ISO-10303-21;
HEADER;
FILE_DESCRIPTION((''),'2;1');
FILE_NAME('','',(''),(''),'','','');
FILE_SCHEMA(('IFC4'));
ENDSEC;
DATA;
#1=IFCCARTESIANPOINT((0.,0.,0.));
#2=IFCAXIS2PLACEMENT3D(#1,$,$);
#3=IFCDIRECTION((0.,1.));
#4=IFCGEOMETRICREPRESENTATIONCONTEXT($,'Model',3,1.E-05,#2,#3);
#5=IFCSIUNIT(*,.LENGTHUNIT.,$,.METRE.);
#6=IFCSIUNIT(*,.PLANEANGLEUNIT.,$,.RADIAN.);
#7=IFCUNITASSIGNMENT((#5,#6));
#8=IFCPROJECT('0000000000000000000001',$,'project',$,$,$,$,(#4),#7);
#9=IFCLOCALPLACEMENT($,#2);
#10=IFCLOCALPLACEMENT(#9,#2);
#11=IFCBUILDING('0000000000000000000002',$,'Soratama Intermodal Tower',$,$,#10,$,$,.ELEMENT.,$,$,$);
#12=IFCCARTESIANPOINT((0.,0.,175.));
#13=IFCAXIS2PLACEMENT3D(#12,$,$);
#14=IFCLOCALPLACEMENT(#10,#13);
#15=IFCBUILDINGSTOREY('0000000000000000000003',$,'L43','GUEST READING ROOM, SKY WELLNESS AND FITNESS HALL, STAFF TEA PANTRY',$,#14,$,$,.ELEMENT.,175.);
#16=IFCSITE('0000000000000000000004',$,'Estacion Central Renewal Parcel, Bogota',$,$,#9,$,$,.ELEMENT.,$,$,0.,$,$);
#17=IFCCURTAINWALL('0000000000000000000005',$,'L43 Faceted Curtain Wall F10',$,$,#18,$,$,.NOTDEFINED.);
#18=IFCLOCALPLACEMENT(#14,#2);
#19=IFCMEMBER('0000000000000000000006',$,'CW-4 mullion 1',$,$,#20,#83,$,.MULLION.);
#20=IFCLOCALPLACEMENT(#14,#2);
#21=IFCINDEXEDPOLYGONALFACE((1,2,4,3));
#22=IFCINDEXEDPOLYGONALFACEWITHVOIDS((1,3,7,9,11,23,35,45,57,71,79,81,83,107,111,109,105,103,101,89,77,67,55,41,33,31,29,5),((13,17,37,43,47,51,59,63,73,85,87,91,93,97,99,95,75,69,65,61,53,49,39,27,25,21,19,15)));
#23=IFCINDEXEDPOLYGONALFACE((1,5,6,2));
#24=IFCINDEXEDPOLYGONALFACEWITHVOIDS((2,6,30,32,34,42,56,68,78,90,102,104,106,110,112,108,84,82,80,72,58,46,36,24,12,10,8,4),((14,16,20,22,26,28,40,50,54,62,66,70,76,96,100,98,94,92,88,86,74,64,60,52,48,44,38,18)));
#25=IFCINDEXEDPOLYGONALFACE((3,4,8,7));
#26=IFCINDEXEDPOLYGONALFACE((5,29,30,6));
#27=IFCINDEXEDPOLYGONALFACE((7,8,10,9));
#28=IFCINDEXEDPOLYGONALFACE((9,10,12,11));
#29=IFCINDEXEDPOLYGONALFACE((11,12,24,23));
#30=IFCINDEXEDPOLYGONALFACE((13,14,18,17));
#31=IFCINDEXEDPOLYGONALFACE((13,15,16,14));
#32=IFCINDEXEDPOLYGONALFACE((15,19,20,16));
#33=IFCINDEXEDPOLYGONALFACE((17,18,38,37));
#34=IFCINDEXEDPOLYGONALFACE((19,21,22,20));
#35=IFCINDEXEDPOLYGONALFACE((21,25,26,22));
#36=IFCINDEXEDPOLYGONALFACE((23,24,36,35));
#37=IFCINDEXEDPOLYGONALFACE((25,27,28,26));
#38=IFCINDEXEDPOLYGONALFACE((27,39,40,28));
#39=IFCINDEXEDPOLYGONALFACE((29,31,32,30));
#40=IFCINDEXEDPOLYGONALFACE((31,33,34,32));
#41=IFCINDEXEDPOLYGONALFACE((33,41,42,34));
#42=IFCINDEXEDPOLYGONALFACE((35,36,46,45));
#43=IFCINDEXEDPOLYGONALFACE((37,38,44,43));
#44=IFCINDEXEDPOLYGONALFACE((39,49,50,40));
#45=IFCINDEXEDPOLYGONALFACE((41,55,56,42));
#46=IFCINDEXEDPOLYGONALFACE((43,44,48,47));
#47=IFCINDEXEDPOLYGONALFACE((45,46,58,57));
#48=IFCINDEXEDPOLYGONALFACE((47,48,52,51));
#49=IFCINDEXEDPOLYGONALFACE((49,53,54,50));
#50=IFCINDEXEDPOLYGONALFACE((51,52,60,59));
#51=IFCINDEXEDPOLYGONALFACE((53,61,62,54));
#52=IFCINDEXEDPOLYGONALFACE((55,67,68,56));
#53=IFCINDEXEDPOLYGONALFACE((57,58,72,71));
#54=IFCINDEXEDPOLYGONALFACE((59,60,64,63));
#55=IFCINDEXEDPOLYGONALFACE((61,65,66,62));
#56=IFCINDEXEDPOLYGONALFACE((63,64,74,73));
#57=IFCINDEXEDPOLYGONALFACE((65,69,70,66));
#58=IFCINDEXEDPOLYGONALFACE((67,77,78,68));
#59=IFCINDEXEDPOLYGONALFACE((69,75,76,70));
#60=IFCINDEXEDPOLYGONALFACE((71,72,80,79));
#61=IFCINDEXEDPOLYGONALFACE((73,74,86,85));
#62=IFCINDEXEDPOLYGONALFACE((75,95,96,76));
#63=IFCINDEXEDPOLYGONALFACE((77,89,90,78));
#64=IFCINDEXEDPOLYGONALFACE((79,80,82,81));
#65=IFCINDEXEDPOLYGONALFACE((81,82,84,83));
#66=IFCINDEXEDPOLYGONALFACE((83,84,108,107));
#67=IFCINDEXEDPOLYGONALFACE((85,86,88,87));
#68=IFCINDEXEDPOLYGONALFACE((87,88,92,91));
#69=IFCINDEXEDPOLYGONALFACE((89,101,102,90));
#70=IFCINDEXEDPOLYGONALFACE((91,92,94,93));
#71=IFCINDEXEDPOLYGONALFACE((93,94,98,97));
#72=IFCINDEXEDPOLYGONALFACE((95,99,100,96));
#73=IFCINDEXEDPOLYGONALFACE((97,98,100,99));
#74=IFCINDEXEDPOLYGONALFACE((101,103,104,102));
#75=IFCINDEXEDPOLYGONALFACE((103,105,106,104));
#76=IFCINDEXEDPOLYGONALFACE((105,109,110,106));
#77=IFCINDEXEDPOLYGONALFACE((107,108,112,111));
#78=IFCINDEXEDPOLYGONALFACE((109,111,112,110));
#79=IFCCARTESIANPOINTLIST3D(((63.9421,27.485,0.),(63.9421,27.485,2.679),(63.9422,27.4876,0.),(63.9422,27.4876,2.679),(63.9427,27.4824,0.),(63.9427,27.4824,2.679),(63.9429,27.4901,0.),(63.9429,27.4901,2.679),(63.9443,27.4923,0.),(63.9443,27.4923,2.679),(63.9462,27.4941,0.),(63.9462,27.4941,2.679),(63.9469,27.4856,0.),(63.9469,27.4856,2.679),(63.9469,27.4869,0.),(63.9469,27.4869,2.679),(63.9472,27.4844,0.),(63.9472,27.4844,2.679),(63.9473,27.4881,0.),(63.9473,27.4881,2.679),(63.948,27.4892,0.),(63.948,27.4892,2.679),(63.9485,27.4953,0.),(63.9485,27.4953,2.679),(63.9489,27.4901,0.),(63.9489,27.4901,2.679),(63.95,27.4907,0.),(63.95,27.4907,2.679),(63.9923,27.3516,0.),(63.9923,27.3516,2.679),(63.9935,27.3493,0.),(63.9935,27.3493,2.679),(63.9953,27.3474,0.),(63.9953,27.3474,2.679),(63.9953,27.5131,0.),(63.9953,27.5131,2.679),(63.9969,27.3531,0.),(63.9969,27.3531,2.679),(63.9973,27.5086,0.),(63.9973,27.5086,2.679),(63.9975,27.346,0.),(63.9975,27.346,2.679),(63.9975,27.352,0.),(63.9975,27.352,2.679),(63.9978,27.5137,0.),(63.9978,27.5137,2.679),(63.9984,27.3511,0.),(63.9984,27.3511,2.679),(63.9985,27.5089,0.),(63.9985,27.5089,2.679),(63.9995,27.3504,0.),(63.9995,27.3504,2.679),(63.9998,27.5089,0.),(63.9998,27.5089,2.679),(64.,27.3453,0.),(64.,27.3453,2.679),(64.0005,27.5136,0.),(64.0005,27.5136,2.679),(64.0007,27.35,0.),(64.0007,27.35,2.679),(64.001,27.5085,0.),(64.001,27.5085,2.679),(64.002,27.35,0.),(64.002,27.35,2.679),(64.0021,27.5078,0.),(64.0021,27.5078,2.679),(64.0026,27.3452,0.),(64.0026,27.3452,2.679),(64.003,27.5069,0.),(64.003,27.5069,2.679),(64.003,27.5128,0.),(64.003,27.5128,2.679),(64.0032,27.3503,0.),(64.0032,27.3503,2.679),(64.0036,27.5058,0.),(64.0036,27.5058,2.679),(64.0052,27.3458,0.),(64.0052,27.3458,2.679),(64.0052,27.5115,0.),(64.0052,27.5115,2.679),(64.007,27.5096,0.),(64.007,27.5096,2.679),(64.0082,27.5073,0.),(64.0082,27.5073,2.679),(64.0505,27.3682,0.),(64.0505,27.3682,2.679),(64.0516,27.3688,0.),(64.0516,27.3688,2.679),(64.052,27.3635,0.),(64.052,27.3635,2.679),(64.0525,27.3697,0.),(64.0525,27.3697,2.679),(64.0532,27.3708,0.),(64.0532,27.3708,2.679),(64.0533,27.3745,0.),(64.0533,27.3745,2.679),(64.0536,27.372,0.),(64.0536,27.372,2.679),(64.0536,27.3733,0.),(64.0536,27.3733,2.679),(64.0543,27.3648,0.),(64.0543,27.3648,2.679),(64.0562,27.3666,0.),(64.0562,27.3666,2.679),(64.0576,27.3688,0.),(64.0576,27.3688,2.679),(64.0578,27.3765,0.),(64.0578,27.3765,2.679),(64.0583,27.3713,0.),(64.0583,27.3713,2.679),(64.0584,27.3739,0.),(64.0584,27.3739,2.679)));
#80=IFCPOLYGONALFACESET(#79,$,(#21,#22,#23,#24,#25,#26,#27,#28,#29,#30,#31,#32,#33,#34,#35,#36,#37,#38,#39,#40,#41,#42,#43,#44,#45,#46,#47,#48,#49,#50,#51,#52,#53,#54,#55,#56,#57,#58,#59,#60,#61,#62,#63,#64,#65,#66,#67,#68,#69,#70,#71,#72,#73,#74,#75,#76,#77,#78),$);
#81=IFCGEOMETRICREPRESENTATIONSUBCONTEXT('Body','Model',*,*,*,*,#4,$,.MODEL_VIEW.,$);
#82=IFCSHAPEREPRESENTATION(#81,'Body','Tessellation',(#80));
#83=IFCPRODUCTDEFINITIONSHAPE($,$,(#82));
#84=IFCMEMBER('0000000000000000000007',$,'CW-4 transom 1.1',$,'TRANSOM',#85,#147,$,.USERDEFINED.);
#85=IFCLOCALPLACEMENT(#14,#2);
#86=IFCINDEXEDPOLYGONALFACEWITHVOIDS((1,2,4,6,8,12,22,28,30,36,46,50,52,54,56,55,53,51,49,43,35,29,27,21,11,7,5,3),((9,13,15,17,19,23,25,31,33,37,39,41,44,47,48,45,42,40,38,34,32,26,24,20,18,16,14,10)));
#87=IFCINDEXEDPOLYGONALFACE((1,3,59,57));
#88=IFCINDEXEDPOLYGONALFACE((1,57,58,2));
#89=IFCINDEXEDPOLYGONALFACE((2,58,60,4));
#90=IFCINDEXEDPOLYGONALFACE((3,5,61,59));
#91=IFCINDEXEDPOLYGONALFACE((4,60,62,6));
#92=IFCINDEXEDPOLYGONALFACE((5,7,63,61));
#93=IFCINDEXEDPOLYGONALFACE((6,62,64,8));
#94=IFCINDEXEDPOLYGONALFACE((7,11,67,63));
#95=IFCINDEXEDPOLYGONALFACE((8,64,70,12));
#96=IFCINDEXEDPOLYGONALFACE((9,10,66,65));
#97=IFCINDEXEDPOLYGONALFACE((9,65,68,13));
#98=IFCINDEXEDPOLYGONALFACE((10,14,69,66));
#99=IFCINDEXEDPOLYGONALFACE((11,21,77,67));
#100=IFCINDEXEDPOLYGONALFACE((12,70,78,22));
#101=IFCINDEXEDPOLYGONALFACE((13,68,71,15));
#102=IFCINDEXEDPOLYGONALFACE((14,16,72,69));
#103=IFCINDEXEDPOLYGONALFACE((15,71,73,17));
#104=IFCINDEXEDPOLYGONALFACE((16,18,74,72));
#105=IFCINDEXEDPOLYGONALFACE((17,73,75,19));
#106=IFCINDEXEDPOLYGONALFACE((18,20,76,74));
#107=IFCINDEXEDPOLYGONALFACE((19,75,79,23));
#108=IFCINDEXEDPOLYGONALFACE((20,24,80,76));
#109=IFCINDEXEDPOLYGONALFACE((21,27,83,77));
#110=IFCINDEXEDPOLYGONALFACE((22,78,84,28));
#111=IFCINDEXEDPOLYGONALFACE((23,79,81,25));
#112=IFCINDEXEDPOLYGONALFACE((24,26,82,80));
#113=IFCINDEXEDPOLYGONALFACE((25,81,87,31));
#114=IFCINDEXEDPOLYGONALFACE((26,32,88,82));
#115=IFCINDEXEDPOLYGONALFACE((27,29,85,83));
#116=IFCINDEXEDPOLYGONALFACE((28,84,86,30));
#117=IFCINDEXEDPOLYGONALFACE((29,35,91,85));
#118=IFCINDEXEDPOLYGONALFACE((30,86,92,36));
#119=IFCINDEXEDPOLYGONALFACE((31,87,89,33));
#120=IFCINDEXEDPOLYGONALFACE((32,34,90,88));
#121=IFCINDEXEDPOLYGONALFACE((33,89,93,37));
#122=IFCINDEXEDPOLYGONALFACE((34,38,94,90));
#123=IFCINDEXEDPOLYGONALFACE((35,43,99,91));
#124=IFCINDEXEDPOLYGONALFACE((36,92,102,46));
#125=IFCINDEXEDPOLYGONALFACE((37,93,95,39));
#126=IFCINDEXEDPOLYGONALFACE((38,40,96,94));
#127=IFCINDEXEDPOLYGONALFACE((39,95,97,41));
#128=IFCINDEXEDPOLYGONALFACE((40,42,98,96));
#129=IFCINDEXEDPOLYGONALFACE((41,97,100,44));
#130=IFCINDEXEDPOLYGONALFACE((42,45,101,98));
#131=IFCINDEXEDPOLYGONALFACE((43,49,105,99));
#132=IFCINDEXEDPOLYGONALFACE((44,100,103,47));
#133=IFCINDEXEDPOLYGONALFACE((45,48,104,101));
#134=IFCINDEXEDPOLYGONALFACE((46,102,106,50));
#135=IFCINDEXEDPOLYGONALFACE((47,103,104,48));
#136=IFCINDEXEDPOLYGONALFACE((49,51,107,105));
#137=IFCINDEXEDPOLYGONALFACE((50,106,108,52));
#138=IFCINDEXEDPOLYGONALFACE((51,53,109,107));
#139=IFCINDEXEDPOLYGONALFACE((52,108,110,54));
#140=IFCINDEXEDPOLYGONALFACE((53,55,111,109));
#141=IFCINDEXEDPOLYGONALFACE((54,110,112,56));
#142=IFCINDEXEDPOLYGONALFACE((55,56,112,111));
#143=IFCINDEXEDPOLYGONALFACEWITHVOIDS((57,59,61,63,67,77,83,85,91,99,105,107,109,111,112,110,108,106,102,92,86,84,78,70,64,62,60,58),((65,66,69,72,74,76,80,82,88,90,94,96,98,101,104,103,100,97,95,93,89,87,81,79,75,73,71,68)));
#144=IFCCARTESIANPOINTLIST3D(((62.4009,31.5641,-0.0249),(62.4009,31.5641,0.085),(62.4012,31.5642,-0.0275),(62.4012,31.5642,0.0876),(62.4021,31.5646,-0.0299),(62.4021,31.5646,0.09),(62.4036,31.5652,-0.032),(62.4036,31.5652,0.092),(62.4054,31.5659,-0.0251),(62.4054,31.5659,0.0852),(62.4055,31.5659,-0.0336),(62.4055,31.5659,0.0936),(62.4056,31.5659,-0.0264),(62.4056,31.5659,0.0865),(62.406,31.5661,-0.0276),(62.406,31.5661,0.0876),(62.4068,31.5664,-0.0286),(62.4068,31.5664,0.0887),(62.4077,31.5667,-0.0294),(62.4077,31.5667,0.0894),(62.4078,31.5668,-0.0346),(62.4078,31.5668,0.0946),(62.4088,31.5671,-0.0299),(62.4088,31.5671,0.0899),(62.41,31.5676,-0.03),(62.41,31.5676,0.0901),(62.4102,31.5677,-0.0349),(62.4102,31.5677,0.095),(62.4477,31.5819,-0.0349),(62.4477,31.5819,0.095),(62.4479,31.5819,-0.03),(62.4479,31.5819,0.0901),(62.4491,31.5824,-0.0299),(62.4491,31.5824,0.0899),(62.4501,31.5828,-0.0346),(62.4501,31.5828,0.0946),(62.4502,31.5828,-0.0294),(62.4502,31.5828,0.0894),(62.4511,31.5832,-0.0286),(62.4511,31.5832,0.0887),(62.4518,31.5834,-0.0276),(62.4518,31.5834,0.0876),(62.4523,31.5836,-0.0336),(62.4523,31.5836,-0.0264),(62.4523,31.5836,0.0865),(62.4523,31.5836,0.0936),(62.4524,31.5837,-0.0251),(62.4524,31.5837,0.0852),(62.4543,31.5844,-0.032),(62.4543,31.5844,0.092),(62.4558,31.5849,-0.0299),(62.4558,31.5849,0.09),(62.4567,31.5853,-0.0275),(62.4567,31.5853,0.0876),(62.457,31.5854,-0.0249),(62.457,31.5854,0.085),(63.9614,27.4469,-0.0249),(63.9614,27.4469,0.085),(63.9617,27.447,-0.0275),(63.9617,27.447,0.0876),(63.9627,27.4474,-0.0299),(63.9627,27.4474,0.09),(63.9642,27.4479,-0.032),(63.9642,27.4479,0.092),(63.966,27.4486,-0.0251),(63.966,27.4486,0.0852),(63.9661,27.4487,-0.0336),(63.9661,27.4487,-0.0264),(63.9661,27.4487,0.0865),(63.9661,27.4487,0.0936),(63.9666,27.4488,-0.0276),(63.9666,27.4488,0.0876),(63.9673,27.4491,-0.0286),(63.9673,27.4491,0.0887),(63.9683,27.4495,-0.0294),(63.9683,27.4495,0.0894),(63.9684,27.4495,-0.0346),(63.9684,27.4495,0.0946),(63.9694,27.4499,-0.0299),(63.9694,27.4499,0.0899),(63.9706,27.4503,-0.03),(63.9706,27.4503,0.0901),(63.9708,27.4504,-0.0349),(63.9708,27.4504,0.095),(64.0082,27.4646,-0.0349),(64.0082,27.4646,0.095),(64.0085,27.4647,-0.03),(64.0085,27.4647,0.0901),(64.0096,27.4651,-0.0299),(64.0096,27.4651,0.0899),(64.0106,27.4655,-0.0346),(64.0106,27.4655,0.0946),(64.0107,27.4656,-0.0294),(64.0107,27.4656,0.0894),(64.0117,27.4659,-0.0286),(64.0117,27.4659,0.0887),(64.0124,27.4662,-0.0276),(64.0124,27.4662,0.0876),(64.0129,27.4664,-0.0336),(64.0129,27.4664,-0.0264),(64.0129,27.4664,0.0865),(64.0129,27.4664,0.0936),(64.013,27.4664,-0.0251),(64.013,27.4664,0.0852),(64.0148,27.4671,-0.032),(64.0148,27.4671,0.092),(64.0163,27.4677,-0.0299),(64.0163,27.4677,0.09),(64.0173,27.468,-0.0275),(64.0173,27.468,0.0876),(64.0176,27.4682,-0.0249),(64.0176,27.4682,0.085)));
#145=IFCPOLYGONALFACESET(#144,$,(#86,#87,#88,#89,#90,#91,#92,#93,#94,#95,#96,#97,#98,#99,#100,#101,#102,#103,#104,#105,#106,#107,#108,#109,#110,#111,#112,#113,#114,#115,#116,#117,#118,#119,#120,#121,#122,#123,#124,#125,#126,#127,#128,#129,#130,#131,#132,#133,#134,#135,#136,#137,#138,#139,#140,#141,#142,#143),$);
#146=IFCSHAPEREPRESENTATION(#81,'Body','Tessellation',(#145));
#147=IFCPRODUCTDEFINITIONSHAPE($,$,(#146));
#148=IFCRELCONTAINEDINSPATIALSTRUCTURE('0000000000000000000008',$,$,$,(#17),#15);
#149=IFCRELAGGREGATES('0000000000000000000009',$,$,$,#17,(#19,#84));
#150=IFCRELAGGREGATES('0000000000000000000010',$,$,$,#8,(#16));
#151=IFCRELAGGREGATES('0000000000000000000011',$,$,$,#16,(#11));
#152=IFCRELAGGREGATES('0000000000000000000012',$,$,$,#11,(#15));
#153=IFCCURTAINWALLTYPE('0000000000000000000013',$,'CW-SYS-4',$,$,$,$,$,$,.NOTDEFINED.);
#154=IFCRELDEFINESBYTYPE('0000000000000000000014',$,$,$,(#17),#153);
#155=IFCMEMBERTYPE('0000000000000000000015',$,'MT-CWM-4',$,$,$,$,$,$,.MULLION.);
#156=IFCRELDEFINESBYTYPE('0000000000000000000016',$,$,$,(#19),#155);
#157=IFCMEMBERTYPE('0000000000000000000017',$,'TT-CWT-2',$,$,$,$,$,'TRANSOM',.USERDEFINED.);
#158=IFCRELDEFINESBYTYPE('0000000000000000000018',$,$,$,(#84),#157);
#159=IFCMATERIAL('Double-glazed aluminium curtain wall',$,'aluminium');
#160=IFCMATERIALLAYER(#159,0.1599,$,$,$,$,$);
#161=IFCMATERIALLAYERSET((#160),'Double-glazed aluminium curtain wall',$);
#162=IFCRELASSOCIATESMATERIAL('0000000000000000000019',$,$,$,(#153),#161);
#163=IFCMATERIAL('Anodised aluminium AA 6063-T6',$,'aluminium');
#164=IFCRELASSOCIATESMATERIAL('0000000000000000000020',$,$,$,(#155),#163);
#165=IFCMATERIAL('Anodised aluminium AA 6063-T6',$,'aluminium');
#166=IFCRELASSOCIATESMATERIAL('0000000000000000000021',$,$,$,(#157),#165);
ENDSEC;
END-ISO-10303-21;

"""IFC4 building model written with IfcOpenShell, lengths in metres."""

from ifc_helpers import new_model, si_unit, direction, frame, origin, origin_2d, place, context, subcontext, project, spatial, hollow_rectangle, extrude, material, layer, layer_set, material_profile, profile_set, type_object, element, aggregate, save


model = new_model("IFC4")

# Units and contexts
model_context = context("Model", 3, precision=1e-05, world=origin(), true_north=direction((0.0, 1.0)))
body_context = subcontext(model_context, "Body", "Model", "MODEL_VIEW")
ifc_project = project(units=[si_unit("LENGTHUNIT", "METRE"), si_unit("PLANEANGLEUNIT", "RADIAN")], contexts=[model_context])

# Site, building, storey
site_placement = place(None, origin())
site = spatial("IfcSite", under=ifc_project, at=site_placement, Name="Estacion Central Renewal Parcel, Bogota", CompositionType="ELEMENT", RefElevation=0.0)
building_placement = place(site_placement, origin())
building = spatial("IfcBuilding", under=site, at=building_placement, Name="Soratama Intermodal Tower", CompositionType="ELEMENT")
storey_placement = place(building_placement, frame((0.0, 0.0, 175.0)))
storey = spatial("IfcBuildingStorey", under=building, at=storey_placement, Name="L43", Description="GUEST READING ROOM, SKY WELLNESS AND FITNESS HALL, STAFF TEA PANTRY", CompositionType="ELEMENT", Elevation=175.0)

# Curtain wall, members
ifc_material_1 = material(Name="Double-glazed aluminium curtain wall", Category="aluminium")
ifc_layer_1 = layer(ifc_material_1, 0.1599)
ifc_layer_set_1 = layer_set([ifc_layer_1], Name="Double-glazed aluminium curtain wall")
curtain_wall_type = type_object("IfcCurtainWallType", Name="CW-SYS-4", PredefinedType="NOTDEFINED", material=ifc_layer_set_1)
curtain_wall_placement = place(storey_placement, origin())
curtain_wall = element("IfcCurtainWall", 1, at=curtain_wall_placement, inside=storey, type_object=curtain_wall_type, Name="L43 Faceted Curtain Wall F10", PredefinedType="NOTDEFINED")
ifc_material_2 = material(Name="Anodised aluminium AA 6063-T6", Category="aluminium")
ifc_material_profile_1 = material_profile(ifc_material_2, hollow_rectangle(XDim=0.0701, YDim=0.1599, WallThickness=0.0049, InnerFilletRadius=0.0049, OuterFilletRadius=0.01, at=origin_2d()), Name="CWM160X70X5")
ifc_profile_set_1 = profile_set([ifc_material_profile_1], Name="Anodised aluminium AA 6063-T6")
member_type_1 = type_object("IfcMemberType", Name="MT-CWM-4", PredefinedType="MULLION", material=ifc_profile_set_1)
member_1_placement = place(storey_placement, frame((64.0002, 27.4294, 0.0), z_axis=(0.0, 0.0, 1.0), x_axis=(-0.935071, -0.354462, 0.0)))
member_1 = element("IfcMember", 2, at=member_1_placement, type_object=member_type_1, Name="CW-4 mullion 1", PredefinedType="MULLION", context=body_context, shape_type="SweptSolid", body=[
    extrude(hollow_rectangle(XDim=0.0701, YDim=0.1599, WallThickness=0.0049, InnerFilletRadius=0.0049, OuterFilletRadius=0.01, at=origin_2d()), origin(), (0.0, 0.0, 1.0), 2.679),
])
ifc_material_3 = material(Name="Anodised aluminium AA 6063-T6", Category="aluminium")
ifc_material_profile_2 = material_profile(ifc_material_3, hollow_rectangle(XDim=0.0601, YDim=0.1299, WallThickness=0.0049, InnerFilletRadius=0.0049, OuterFilletRadius=0.01, at=origin_2d()), Name="CWT130X60X5")
ifc_profile_set_2 = profile_set([ifc_material_profile_2], Name="Anodised aluminium AA 6063-T6")
member_type_2 = type_object("IfcMemberType", Name="TT-CWT-2", ElementType="TRANSOM", PredefinedType="USERDEFINED", material=ifc_profile_set_2)
member_2_placement = place(storey_placement, frame((63.9895, 27.4575, 0.03), z_axis=(-0.354427, 0.935084, 0.0), x_axis=(-0.935084, -0.354427, 0.0)))
member_2 = element("IfcMember", 3, at=member_2_placement, type_object=member_type_2, Name="CW-4 transom 1.1", ObjectType="TRANSOM", PredefinedType="USERDEFINED", context=body_context, shape_type="SweptSolid", body=[
    extrude(hollow_rectangle(XDim=0.0601, YDim=0.1299, WallThickness=0.0049, InnerFilletRadius=0.0049, OuterFilletRadius=0.01, at=origin_2d()), origin(), (0.0, 0.0, 1.0), 4.4031),
])
aggregate(curtain_wall, [member_1, member_2])

save(model, "model.ifc")
